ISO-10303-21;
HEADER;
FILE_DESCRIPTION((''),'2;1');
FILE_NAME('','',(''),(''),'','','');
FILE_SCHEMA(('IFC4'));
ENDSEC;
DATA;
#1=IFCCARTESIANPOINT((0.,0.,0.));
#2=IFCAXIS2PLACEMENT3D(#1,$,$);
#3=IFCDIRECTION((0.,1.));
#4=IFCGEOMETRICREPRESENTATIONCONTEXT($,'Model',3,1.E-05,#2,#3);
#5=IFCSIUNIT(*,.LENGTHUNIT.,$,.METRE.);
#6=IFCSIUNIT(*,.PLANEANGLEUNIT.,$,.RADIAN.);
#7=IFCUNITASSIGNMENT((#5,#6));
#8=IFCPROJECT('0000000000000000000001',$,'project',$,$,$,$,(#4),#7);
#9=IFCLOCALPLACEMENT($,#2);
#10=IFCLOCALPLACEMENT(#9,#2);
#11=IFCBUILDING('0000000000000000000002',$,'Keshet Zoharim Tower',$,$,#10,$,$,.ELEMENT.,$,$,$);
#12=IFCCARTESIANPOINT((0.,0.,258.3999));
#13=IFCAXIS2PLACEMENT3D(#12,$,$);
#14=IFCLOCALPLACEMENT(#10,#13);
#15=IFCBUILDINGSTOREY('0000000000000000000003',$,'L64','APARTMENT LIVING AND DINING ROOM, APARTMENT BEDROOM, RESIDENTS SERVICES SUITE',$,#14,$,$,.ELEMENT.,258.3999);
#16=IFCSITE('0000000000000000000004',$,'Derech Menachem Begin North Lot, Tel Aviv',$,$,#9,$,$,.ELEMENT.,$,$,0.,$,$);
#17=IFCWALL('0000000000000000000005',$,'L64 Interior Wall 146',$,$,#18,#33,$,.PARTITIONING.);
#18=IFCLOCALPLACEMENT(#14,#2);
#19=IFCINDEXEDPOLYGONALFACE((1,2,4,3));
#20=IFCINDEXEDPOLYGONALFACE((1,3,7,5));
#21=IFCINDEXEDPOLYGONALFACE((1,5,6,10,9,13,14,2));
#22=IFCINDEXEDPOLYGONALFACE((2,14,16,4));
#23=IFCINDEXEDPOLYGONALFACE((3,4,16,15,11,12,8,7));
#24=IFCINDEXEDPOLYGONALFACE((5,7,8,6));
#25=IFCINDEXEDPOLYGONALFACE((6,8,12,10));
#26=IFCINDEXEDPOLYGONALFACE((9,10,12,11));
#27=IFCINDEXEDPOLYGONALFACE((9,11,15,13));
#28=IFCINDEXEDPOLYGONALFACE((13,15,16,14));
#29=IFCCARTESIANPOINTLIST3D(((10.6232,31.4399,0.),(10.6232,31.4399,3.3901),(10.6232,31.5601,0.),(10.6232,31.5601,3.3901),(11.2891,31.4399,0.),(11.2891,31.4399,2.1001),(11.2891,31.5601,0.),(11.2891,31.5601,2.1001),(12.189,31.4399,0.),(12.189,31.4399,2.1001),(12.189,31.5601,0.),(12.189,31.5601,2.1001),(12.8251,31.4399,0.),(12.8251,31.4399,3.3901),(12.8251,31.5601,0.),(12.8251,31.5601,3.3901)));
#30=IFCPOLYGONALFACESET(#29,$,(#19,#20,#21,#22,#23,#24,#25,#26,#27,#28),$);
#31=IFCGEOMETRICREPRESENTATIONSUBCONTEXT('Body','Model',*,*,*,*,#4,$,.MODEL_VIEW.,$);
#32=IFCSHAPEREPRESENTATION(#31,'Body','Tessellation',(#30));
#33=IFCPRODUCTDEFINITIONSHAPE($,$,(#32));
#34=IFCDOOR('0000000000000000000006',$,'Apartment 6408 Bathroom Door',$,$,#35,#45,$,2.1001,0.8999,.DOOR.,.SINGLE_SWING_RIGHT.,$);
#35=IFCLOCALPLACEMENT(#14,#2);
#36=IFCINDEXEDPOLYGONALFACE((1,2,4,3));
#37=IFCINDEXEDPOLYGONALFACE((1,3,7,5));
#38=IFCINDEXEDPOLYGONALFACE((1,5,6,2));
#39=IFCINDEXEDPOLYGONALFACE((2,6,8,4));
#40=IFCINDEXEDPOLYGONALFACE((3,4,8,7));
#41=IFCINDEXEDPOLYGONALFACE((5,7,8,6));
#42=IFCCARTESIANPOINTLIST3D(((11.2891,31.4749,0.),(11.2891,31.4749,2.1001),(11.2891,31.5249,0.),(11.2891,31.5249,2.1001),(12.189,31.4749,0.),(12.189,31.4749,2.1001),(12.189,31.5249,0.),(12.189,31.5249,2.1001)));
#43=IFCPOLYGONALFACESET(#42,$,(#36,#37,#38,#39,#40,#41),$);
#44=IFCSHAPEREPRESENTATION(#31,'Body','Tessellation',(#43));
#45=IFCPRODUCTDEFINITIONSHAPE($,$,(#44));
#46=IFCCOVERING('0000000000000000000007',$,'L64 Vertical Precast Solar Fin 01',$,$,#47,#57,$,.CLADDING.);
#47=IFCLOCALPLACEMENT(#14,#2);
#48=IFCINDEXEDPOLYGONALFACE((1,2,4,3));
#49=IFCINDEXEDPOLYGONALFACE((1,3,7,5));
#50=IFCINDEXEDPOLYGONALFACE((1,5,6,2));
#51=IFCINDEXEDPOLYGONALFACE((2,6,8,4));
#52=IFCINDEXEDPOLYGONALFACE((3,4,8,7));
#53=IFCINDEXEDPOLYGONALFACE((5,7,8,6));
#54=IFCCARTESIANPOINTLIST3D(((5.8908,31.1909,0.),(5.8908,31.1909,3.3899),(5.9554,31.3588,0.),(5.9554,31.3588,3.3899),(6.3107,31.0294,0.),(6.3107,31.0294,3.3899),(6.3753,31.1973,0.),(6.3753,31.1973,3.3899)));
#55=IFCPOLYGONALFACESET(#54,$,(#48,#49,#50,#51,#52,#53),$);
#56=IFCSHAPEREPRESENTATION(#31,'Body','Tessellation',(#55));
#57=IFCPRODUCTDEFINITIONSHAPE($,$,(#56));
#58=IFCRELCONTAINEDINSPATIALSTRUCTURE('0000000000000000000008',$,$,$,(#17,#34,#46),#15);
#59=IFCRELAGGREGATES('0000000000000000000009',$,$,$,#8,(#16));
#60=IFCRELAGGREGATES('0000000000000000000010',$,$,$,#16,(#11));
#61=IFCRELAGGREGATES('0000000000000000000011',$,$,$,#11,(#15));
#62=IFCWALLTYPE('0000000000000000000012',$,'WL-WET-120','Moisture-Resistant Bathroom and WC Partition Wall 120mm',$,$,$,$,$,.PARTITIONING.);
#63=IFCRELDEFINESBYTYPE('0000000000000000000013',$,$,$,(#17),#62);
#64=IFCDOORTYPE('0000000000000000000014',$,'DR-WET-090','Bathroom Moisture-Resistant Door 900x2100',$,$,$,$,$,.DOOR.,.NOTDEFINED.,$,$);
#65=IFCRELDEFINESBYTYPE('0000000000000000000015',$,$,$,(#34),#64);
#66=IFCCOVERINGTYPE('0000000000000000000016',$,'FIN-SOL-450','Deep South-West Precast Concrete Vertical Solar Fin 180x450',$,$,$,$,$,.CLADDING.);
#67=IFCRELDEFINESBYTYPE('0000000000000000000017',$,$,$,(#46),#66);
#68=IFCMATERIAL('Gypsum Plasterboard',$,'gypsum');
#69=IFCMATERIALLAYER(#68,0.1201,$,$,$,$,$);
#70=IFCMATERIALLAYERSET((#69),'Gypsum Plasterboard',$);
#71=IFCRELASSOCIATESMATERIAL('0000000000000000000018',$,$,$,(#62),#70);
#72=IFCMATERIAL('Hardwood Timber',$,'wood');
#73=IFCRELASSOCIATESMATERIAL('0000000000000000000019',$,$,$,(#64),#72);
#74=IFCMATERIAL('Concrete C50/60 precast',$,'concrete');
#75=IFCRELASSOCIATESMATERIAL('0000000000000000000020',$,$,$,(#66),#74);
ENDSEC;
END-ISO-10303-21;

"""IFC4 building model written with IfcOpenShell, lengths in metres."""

from ifc_helpers import new_model, si_unit, direction, frame, frame_2d, origin, origin_2d, place, context, subcontext, project, spatial, rectangle, extrude, material, layer, layer_set, type_object, element, fill, save


model = new_model("IFC4")

# Units and contexts
model_context = context("Model", 3, precision=1e-05, world=origin(), true_north=direction((0.0, 1.0)))
body_context = subcontext(model_context, "Body", "Model", "MODEL_VIEW")
ifc_project = project(units=[si_unit("LENGTHUNIT", "METRE"), si_unit("PLANEANGLEUNIT", "RADIAN")], contexts=[model_context])

# Site, building, storey
site_placement = place(None, origin())
site = spatial("IfcSite", under=ifc_project, at=site_placement, Name="Derech Menachem Begin North Lot, Tel Aviv", CompositionType="ELEMENT", RefElevation=0.0)
building_placement = place(site_placement, origin())
building = spatial("IfcBuilding", under=site, at=building_placement, Name="Keshet Zoharim Tower", CompositionType="ELEMENT")
storey_placement = place(building_placement, frame((0.0, 0.0, 258.3999)))
storey = spatial("IfcBuildingStorey", under=building, at=storey_placement, Name="L64", Description="APARTMENT LIVING AND DINING ROOM, APARTMENT BEDROOM, RESIDENTS SERVICES SUITE", CompositionType="ELEMENT", Elevation=258.3999)

# Shared definitions
ifc_material_1 = material(Name="Hardwood Timber", Category="wood")

# Shared definitions
ifc_material_2 = material(Name="Gypsum Plasterboard", Category="gypsum")

# Shared definitions
ifc_layer_1 = layer(ifc_material_2, 0.1201)
ifc_layer_set_1 = layer_set([ifc_layer_1], Name="Gypsum Plasterboard")
wall_type_1 = type_object("IfcWallType", Name="WL-WET-120", Description="Moisture-Resistant Bathroom and WC Partition Wall 120mm", PredefinedType="PARTITIONING", material=ifc_layer_set_1)

# Wall, opening, door
wall_1_placement = place(storey_placement, frame((10.623, 31.5, 0.0), z_axis=(0.0, 0.0, 1.0), x_axis=(1.0, 0.0, 0.0)))
wall_1 = element("IfcWall", 1, at=wall_1_placement, inside=storey, type_object=wall_type_1, Name="L64 Interior Wall 146", PredefinedType="PARTITIONING", context=body_context, shape_type="SweptSolid", body=[
    extrude(rectangle(XDim=2.2019, YDim=0.1201, at=frame_2d((1.1011, 0.0))), origin(), (0.0, 0.0, 1.0), 3.3901),
])
opening_1_placement = place(wall_1_placement, frame((0.666, 0.0, 0.0)))
opening_1 = element("IfcOpeningElement", 2, at=opening_1_placement, cuts=wall_1, PredefinedType="OPENING", context=body_context, shape_type="SweptSolid", body=[
    extrude(rectangle(XDim=0.8999, YDim=2.1001, at=frame_2d((0.45, 1.05))), frame((0.0, 0.0701, 0.0), z_axis=(0.0, -1.0, 0.0), x_axis=(1.0, 0.0, 0.0)), (0.0, 0.0, 1.0), 0.1401),
])
door_type_1 = type_object("IfcDoorType", Name="DR-WET-090", Description="Bathroom Moisture-Resistant Door 900x2100", OperationType="NOTDEFINED", PredefinedType="DOOR", material=ifc_material_1)
door_1_placement = place(opening_1_placement, origin())
door_1 = element("IfcDoor", 3, at=door_1_placement, inside=storey, type_object=door_type_1, Name="Apartment 6408 Bathroom Door", OperationType="SINGLE_SWING_RIGHT", OverallHeight=2.1001, OverallWidth=0.8999, PredefinedType="DOOR", context=body_context, shape_type="SweptSolid", body=[
    extrude(rectangle(XDim=0.8999, YDim=2.1001, at=frame_2d((0.45, 1.05))), frame((0.0, 0.0249, 0.0), z_axis=(0.0, -1.0, 0.0), x_axis=(1.0, 0.0, 0.0)), (0.0, 0.0, 1.0), 0.05),
])
fill(opening_1, door_1)

# Covering
ifc_material_3 = material(Name="Concrete C50/60 precast", Category="concrete")
covering_type = type_object("IfcCoveringType", Name="FIN-SOL-450", Description="Deep South-West Precast Concrete Vertical Solar Fin 180x450", PredefinedType="CLADDING", material=ifc_material_3)
covering_placement = place(storey_placement, frame((6.1331, 31.1941, 0.0), z_axis=(0.0, 0.0, 1.0), x_axis=(0.35899, 0.933341, 0.0)))
element("IfcCovering", 4, at=covering_placement, inside=storey, type_object=covering_type, Name="L64 Vertical Precast Solar Fin 01", PredefinedType="CLADDING", context=body_context, shape_type="SweptSolid", body=[
    extrude(rectangle(XDim=0.1799, YDim=0.45, at=origin_2d()), origin(), (0.0, 0.0, 1.0), 3.3899),
])

save(model, "model.ifc")
